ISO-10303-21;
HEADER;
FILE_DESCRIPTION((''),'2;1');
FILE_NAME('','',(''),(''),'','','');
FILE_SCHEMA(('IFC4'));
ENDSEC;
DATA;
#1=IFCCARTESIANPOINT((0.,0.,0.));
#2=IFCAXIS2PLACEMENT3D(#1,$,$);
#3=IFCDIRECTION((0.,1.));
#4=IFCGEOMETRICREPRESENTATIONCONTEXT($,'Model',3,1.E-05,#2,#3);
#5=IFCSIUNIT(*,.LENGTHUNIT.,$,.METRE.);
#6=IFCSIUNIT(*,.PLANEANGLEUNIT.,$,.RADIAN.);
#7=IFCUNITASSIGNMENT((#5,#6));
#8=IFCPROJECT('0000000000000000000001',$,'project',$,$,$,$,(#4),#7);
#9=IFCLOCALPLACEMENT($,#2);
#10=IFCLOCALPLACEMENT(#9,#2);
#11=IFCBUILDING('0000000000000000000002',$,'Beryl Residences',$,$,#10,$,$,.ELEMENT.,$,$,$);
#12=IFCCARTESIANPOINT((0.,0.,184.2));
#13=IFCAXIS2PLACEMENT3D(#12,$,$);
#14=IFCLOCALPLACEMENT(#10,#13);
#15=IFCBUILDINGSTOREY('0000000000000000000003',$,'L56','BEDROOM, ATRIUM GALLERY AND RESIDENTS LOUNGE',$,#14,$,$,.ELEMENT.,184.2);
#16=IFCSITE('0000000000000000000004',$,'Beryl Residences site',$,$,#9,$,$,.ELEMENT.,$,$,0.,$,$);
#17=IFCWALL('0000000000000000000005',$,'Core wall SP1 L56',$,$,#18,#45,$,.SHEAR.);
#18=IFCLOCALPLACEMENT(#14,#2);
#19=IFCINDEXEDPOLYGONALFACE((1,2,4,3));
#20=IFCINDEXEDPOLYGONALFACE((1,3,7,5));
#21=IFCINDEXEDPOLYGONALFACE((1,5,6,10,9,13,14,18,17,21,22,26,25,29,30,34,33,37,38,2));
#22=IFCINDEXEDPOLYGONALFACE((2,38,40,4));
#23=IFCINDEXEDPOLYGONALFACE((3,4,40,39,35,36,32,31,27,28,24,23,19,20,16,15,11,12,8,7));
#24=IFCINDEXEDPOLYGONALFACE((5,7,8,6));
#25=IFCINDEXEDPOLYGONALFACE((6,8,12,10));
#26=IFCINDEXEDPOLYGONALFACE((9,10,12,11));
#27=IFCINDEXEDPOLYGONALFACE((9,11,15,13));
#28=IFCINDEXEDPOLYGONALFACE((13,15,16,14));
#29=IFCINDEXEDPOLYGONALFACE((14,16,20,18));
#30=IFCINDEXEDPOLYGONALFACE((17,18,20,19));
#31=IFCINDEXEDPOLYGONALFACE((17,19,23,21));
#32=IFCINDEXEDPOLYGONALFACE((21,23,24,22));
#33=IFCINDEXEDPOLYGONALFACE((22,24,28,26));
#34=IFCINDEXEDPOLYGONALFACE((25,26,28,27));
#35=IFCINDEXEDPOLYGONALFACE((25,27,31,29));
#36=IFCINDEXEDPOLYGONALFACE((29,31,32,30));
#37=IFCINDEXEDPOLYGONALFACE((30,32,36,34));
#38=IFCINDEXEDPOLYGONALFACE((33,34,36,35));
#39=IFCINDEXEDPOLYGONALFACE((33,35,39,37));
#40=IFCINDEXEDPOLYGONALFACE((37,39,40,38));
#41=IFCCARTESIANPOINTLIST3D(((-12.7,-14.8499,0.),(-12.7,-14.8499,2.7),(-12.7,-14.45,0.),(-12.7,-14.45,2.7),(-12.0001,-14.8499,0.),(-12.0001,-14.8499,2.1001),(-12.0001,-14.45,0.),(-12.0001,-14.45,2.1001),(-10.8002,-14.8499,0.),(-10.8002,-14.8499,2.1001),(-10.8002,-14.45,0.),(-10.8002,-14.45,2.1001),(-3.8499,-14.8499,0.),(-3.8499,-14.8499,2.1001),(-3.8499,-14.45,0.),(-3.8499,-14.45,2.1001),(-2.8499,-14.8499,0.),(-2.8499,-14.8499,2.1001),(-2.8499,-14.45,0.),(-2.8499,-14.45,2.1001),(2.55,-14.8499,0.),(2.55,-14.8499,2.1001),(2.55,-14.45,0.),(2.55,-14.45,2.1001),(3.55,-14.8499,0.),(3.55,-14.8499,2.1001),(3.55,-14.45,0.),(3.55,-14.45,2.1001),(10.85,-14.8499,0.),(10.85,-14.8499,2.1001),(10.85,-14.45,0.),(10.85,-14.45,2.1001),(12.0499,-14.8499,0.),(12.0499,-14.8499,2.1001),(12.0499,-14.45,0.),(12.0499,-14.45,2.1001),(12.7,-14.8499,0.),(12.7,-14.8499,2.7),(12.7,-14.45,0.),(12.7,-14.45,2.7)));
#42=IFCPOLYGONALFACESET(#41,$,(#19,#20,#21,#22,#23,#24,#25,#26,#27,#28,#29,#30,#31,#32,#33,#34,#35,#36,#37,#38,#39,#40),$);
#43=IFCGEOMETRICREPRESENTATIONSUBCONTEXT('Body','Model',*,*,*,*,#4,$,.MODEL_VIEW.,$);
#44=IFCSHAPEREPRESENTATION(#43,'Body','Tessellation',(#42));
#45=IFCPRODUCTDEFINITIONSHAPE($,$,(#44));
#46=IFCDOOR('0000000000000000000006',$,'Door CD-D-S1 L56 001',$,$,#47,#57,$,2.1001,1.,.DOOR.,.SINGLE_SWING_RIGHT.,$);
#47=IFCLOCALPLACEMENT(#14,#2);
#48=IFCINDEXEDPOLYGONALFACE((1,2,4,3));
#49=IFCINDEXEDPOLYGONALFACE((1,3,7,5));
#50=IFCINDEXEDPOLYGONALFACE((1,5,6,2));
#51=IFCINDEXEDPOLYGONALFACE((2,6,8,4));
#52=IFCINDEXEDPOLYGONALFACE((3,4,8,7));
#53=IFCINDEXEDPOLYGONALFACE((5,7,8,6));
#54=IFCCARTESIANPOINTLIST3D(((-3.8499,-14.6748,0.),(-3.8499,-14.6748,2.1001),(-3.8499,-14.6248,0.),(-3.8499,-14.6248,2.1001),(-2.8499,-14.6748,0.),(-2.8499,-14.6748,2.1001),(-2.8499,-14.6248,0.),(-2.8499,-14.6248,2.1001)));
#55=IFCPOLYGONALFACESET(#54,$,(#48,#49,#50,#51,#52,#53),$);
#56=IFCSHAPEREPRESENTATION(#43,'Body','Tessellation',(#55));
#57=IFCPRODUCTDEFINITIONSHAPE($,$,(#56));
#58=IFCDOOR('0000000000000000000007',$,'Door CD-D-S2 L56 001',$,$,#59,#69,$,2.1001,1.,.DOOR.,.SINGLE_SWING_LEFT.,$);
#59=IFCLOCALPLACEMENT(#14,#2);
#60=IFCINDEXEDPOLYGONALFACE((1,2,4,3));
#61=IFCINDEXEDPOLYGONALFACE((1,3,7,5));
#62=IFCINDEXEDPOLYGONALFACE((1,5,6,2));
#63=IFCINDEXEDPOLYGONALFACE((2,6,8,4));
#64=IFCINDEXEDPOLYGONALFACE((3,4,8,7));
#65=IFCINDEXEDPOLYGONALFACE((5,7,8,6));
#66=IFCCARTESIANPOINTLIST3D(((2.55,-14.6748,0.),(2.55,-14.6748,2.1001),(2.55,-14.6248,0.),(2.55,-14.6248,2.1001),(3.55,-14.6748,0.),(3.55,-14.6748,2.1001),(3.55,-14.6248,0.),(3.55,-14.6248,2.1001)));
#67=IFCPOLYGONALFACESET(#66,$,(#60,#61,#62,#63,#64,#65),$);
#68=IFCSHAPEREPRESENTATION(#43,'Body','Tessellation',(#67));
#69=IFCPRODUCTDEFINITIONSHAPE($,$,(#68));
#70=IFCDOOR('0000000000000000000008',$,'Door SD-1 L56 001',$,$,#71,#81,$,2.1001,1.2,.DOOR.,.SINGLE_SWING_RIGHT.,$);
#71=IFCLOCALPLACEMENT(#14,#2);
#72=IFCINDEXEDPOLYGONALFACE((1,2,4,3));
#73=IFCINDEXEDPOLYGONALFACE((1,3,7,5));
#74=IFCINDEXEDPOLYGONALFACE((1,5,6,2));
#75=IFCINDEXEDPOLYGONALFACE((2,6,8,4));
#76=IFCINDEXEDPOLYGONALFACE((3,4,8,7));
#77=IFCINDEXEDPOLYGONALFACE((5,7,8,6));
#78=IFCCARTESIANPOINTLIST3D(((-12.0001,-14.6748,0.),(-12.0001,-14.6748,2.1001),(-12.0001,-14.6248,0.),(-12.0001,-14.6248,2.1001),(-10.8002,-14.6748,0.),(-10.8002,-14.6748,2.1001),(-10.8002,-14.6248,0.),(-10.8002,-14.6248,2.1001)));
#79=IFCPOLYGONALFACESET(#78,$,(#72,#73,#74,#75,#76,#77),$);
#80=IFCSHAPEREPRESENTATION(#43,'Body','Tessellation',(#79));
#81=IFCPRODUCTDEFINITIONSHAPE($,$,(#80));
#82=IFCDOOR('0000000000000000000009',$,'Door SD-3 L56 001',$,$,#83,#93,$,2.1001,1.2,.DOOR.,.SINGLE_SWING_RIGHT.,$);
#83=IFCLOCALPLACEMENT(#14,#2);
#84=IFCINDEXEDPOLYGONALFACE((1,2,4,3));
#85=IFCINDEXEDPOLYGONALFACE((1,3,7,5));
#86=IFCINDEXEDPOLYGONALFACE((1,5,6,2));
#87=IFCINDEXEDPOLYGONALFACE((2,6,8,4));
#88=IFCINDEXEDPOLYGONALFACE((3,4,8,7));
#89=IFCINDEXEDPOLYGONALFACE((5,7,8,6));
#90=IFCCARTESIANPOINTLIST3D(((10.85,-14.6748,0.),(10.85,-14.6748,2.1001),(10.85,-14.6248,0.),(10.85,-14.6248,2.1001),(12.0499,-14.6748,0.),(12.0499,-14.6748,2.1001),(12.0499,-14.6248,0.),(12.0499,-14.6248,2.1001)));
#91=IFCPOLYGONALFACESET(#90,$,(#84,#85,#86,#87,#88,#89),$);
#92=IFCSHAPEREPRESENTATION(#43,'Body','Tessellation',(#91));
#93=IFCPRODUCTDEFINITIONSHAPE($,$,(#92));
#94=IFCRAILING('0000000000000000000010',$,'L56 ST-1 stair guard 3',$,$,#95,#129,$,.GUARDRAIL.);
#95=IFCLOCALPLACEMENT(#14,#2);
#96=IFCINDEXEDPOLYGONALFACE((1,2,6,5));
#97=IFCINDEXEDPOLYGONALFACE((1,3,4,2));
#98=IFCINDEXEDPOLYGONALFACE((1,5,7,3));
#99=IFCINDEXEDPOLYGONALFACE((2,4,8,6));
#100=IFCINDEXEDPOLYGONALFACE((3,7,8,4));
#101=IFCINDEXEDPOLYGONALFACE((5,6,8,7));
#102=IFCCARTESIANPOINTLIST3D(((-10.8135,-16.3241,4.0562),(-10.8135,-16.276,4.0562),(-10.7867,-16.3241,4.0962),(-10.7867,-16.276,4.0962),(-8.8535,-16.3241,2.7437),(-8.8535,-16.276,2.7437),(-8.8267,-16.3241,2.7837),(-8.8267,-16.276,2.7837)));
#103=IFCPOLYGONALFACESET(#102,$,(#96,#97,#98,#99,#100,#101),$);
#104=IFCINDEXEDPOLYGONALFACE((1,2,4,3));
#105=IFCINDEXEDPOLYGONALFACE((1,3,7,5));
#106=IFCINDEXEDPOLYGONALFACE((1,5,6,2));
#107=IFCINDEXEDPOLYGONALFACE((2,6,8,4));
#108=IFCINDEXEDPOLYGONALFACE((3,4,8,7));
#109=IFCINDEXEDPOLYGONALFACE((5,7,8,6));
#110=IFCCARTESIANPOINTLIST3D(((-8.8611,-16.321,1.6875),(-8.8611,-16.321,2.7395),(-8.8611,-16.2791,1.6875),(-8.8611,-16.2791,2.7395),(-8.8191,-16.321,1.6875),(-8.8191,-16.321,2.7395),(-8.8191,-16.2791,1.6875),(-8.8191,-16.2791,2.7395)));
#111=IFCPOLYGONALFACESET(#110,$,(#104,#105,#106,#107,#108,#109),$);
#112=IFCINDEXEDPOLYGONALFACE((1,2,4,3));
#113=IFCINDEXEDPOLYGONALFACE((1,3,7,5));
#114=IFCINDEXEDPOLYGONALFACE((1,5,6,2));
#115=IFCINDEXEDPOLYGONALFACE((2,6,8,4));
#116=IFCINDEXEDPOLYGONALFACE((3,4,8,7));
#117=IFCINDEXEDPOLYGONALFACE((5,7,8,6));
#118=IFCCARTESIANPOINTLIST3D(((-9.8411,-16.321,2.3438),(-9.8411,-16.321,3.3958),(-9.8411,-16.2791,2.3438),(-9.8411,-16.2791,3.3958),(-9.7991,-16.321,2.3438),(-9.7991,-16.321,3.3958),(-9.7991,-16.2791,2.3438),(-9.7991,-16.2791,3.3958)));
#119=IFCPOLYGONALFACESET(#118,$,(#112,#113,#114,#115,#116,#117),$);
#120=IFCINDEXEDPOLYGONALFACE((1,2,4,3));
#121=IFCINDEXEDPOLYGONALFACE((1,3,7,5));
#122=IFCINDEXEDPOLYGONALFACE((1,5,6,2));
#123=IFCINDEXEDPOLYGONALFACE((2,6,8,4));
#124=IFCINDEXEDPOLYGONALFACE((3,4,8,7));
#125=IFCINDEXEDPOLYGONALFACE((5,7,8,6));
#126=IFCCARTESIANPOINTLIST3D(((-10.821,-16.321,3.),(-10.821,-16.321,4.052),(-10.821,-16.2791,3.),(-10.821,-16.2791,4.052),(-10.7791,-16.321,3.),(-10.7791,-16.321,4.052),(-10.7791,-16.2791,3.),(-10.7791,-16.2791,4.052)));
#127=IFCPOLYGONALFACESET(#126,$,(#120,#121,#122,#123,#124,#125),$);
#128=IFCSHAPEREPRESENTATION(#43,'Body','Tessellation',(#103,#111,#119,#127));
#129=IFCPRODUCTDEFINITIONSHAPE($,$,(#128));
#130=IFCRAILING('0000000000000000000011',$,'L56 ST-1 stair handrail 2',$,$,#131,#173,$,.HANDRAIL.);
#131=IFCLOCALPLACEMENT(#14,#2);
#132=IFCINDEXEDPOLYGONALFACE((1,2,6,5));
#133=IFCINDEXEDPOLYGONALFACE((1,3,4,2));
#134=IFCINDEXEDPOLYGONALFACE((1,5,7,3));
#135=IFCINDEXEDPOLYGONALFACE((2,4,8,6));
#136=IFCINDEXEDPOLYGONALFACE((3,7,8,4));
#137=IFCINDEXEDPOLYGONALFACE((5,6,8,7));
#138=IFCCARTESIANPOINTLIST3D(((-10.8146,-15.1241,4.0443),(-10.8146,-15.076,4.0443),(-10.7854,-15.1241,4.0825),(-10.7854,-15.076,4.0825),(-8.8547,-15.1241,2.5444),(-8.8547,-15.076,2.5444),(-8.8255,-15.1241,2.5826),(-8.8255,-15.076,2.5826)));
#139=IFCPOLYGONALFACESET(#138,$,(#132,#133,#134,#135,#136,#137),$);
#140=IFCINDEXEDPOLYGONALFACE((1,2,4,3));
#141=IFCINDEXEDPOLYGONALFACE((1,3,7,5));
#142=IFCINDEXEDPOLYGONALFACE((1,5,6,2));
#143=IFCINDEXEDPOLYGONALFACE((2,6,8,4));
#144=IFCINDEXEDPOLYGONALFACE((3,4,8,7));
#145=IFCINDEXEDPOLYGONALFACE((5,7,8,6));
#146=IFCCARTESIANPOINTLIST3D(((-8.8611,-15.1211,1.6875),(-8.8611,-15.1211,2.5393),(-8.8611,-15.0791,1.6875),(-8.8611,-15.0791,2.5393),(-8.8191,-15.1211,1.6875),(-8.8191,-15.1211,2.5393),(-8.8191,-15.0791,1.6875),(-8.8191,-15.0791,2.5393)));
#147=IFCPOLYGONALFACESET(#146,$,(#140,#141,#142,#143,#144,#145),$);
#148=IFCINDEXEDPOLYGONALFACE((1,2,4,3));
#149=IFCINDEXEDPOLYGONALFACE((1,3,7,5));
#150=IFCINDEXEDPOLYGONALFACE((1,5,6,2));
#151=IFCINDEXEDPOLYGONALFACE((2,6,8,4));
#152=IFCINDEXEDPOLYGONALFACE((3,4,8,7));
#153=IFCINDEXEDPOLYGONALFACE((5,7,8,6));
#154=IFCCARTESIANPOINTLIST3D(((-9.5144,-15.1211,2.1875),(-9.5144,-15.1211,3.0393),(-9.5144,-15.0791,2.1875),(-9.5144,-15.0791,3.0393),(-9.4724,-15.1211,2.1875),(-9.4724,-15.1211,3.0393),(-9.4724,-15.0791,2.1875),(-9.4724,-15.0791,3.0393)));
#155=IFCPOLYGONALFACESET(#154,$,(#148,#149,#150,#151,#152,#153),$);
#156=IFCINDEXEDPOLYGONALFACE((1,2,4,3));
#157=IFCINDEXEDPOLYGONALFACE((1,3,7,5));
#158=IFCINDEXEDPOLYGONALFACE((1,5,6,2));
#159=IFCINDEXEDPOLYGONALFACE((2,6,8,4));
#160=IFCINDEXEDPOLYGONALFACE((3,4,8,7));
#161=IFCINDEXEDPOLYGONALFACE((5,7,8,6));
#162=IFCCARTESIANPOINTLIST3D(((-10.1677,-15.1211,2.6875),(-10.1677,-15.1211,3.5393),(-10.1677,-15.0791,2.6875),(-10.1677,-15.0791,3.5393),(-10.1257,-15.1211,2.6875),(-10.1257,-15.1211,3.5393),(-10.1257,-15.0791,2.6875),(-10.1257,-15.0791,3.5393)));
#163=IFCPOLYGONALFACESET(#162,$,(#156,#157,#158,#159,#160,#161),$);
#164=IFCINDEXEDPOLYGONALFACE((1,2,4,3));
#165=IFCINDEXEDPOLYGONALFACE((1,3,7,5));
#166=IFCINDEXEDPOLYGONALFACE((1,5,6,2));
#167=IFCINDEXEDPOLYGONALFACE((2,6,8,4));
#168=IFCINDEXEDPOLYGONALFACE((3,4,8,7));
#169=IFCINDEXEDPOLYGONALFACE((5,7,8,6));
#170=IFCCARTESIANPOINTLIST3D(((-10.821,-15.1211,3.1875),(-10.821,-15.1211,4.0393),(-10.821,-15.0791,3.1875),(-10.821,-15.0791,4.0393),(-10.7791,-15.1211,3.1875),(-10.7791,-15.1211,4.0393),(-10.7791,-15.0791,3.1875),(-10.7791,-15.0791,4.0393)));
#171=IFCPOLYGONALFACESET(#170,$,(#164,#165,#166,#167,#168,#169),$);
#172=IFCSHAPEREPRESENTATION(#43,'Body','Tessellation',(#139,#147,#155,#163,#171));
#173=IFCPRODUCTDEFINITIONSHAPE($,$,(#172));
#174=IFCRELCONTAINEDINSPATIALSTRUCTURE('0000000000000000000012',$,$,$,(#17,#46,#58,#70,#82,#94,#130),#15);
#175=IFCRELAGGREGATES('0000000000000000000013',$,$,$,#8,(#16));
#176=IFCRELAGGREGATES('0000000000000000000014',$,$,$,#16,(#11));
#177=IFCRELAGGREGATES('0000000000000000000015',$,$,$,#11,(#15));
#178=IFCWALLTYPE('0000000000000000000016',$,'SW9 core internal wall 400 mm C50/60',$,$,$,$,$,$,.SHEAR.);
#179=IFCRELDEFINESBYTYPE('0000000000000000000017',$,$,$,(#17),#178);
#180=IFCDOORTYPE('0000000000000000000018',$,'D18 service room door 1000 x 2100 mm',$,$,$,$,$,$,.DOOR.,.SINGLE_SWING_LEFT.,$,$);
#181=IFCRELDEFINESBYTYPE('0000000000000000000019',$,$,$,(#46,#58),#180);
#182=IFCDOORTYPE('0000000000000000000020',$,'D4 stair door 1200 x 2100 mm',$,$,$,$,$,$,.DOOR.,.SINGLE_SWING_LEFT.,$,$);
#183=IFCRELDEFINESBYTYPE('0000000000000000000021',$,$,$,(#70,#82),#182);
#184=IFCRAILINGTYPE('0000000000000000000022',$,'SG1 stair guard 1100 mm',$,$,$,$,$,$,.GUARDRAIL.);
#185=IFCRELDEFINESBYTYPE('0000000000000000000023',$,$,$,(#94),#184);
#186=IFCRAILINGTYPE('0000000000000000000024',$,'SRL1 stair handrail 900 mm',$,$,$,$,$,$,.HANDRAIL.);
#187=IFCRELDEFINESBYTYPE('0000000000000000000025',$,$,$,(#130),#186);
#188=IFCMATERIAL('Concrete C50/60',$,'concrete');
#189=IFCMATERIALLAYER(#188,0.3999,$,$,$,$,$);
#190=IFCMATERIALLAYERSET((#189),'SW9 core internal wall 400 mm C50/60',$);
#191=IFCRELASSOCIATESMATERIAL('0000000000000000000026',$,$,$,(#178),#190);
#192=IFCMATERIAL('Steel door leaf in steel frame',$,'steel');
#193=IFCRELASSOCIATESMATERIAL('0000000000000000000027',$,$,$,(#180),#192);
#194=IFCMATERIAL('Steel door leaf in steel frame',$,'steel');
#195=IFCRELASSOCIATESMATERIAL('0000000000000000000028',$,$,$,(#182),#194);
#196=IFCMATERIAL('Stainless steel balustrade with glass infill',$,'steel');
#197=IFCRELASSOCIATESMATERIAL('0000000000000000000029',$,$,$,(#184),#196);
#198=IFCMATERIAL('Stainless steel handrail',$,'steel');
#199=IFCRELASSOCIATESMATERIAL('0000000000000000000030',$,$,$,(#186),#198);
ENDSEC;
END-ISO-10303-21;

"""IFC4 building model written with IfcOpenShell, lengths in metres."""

from ifc_helpers import new_model, si_unit, direction, frame, frame_2d, origin, origin_2d, place, context, subcontext, project, spatial, rectangle, extrude, material, layer, layer_set, type_object, element, fill, save


model = new_model("IFC4")

# Units and contexts
model_context = context("Model", 3, precision=1e-05, world=origin(), true_north=direction((0.0, 1.0)))
body_context = subcontext(model_context, "Body", "Model", "MODEL_VIEW")
ifc_project = project(units=[si_unit("LENGTHUNIT", "METRE"), si_unit("PLANEANGLEUNIT", "RADIAN")], contexts=[model_context])

# Site, building, storey
site_placement = place(None, origin())
site = spatial("IfcSite", under=ifc_project, at=site_placement, Name="Beryl Residences site", CompositionType="ELEMENT", RefElevation=0.0)
building_placement = place(site_placement, origin())
building = spatial("IfcBuilding", under=site, at=building_placement, Name="Beryl Residences", CompositionType="ELEMENT")
storey_placement = place(building_placement, frame((0.0, 0.0, 184.2)))
storey = spatial("IfcBuildingStorey", under=building, at=storey_placement, Name="L56", Description="BEDROOM, ATRIUM GALLERY AND RESIDENTS LOUNGE", CompositionType="ELEMENT", Elevation=184.2)

# Wall, openings, doors
ifc_material_1 = material(Name="Concrete C50/60", Category="concrete")
ifc_layer_1 = layer(ifc_material_1, 0.3999)
ifc_layer_set_1 = layer_set([ifc_layer_1], Name="SW9 core internal wall 400 mm C50/60")
wall_type_1 = type_object("IfcWallType", Name="SW9 core internal wall 400 mm C50/60", PredefinedType="SHEAR", material=ifc_layer_set_1)
wall_1_placement = place(storey_placement, frame((-12.7, -14.6499, 0.0), z_axis=(0.0, 0.0, 1.0), x_axis=(1.0, 0.0, 0.0)))
wall_1 = element("IfcWall", 1, at=wall_1_placement, inside=storey, type_object=wall_type_1, Name="Core wall SP1 L56", PredefinedType="SHEAR", context=body_context, shape_type="SweptSolid", body=[
    extrude(rectangle(XDim=25.3999, YDim=0.3999, at=frame_2d((12.7, 0.0))), origin(), (0.0, 0.0, 1.0), 2.7),
])
opening_1_placement = place(wall_1_placement, frame((1.8999, 0.0, 0.0), z_axis=(0.0, 0.0, 1.0), x_axis=(-1.0, 0.0, 0.0)))
opening_1 = element("IfcOpeningElement", 2, at=opening_1_placement, cuts=wall_1, PredefinedType="OPENING", context=body_context, shape_type="SweptSolid", body=[
    extrude(rectangle(XDim=1.2, YDim=2.1001, at=frame_2d((0.6001, 1.05))), frame((0.0, 0.21, 0.0), z_axis=(0.0, -1.0, 0.0), x_axis=(1.0, 0.0, 0.0)), (0.0, 0.0, 1.0), 0.4199),
])
opening_2_placement = place(wall_1_placement, frame((24.75, 0.0, 0.0), z_axis=(0.0, 0.0, 1.0), x_axis=(-1.0, 0.0, 0.0)))
opening_2 = element("IfcOpeningElement", 3, at=opening_2_placement, cuts=wall_1, PredefinedType="OPENING", context=body_context, shape_type="SweptSolid", body=[
    extrude(rectangle(XDim=1.2, YDim=2.1001, at=frame_2d((0.6001, 1.05))), frame((0.0, 0.21, 0.0), z_axis=(0.0, -1.0, 0.0), x_axis=(1.0, 0.0, 0.0)), (0.0, 0.0, 1.0), 0.4199),
])
opening_3_placement = place(wall_1_placement, frame((9.8501, 0.0, 0.0), z_axis=(0.0, 0.0, 1.0), x_axis=(-1.0, 0.0, 0.0)))
opening_3 = element("IfcOpeningElement", 4, at=opening_3_placement, cuts=wall_1, PredefinedType="OPENING", context=body_context, shape_type="SweptSolid", body=[
    extrude(rectangle(XDim=1.0, YDim=2.1001, at=frame_2d((0.5, 1.05))), frame((0.0, 0.21, 0.0), z_axis=(0.0, -1.0, 0.0), x_axis=(1.0, 0.0, 0.0)), (0.0, 0.0, 1.0), 0.4199),
])
opening_4_placement = place(wall_1_placement, frame((16.25, 0.0, 0.0), z_axis=(0.0, 0.0, 1.0), x_axis=(-1.0, 0.0, 0.0)))
opening_4 = element("IfcOpeningElement", 5, at=opening_4_placement, cuts=wall_1, PredefinedType="OPENING", context=body_context, shape_type="SweptSolid", body=[
    extrude(rectangle(XDim=1.0, YDim=2.1001, at=frame_2d((0.5, 1.05))), frame((0.0, 0.21, 0.0), z_axis=(0.0, -1.0, 0.0), x_axis=(1.0, 0.0, 0.0)), (0.0, 0.0, 1.0), 0.4199),
])
ifc_material_2 = material(Name="Steel door leaf in steel frame", Category="steel")
door_type_1 = type_object("IfcDoorType", Name="D18 service room door 1000 x 2100 mm", OperationType="SINGLE_SWING_LEFT", PredefinedType="DOOR", material=ifc_material_2)
door_1_placement = place(opening_3_placement, origin())
door_1 = element("IfcDoor", 6, at=door_1_placement, inside=storey, type_object=door_type_1, Name="Door CD-D-S1 L56 001", OperationType="SINGLE_SWING_RIGHT", OverallHeight=2.1001, OverallWidth=1.0, PredefinedType="DOOR", context=body_context, shape_type="SweptSolid", body=[
    extrude(rectangle(XDim=1.0, YDim=2.1001, at=frame_2d((0.5, 1.05))), frame((0.0, 0.0249, 0.0), z_axis=(0.0, -1.0, 0.0), x_axis=(1.0, 0.0, 0.0)), (0.0, 0.0, 1.0), 0.05),
])
fill(opening_3, door_1)
door_2_placement = place(opening_4_placement, origin())
door_2 = element("IfcDoor", 7, at=door_2_placement, inside=storey, type_object=door_type_1, Name="Door CD-D-S2 L56 001", OperationType="SINGLE_SWING_LEFT", OverallHeight=2.1001, OverallWidth=1.0, PredefinedType="DOOR", context=body_context, shape_type="SweptSolid", body=[
    extrude(rectangle(XDim=1.0, YDim=2.1001, at=frame_2d((0.5, 1.05))), frame((0.0, 0.0249, 0.0), z_axis=(0.0, -1.0, 0.0), x_axis=(1.0, 0.0, 0.0)), (0.0, 0.0, 1.0), 0.05),
])
fill(opening_4, door_2)
ifc_material_3 = material(Name="Steel door leaf in steel frame", Category="steel")
door_type_2 = type_object("IfcDoorType", Name="D4 stair door 1200 x 2100 mm", OperationType="SINGLE_SWING_LEFT", PredefinedType="DOOR", material=ifc_material_3)
door_3_placement = place(opening_1_placement, origin())
door_3 = element("IfcDoor", 8, at=door_3_placement, inside=storey, type_object=door_type_2, Name="Door SD-1 L56 001", OperationType="SINGLE_SWING_RIGHT", OverallHeight=2.1001, OverallWidth=1.2, PredefinedType="DOOR", context=body_context, shape_type="SweptSolid", body=[
    extrude(rectangle(XDim=1.2, YDim=2.1001, at=frame_2d((0.6001, 1.05))), frame((0.0, 0.0249, 0.0), z_axis=(0.0, -1.0, 0.0), x_axis=(1.0, 0.0, 0.0)), (0.0, 0.0, 1.0), 0.05),
])
fill(opening_1, door_3)
door_4_placement = place(opening_2_placement, origin())
door_4 = element("IfcDoor", 9, at=door_4_placement, inside=storey, type_object=door_type_2, Name="Door SD-3 L56 001", OperationType="SINGLE_SWING_RIGHT", OverallHeight=2.1001, OverallWidth=1.2, PredefinedType="DOOR", context=body_context, shape_type="SweptSolid", body=[
    extrude(rectangle(XDim=1.2, YDim=2.1001, at=frame_2d((0.6001, 1.05))), frame((0.0, 0.0249, 0.0), z_axis=(0.0, -1.0, 0.0), x_axis=(1.0, 0.0, 0.0)), (0.0, 0.0, 1.0), 0.05),
])
fill(opening_2, door_4)

# Railings
ifc_material_4 = material(Name="Stainless steel balustrade with glass infill", Category="steel")
railing_type_1 = type_object("IfcRailingType", Name="SG1 stair guard 1100 mm", PredefinedType="GUARDRAIL", material=ifc_material_4)
railing_1_placement = place(storey_placement, frame((-8.8401, -16.3, 1.6875)))
element("IfcRailing", 10, at=railing_1_placement, inside=storey, type_object=railing_type_1, Name="L56 ST-1 stair guard 3", PredefinedType="GUARDRAIL", context=body_context, shape_type="SweptSolid", body=[
    extrude(rectangle(XDim=0.0481, YDim=0.0481, at=origin_2d()), frame((0.0, 0.0, 1.0762), z_axis=(-0.830902, 0.0, 0.556419), x_axis=(0.0, -1.0, 0.0)), (0.0, 0.0, 1.0), 2.3589),
    extrude(rectangle(XDim=0.042, YDim=0.042, at=origin_2d()), origin(), (0.0, 0.0, 1.0), 1.052),
    extrude(rectangle(XDim=0.042, YDim=0.042, at=origin_2d()), frame((-0.98, 0.0, 0.6562)), (0.0, 0.0, 1.0), 1.052),
    extrude(rectangle(XDim=0.042, YDim=0.042, at=origin_2d()), frame((-1.96, 0.0, 1.3125)), (0.0, 0.0, 1.0), 1.052),
])
ifc_material_5 = material(Name="Stainless steel handrail", Category="steel")
railing_type_2 = type_object("IfcRailingType", Name="SRL1 stair handrail 900 mm", PredefinedType="HANDRAIL", material=ifc_material_5)
railing_2_placement = place(storey_placement, frame((-8.8401, -15.1001, 1.6875)))
element("IfcRailing", 11, at=railing_2_placement, inside=storey, type_object=railing_type_2, Name="L56 ST-1 stair handrail 2", PredefinedType="HANDRAIL", context=body_context, shape_type="SweptSolid", body=[
    extrude(rectangle(XDim=0.0481, YDim=0.0481, at=origin_2d()), frame((0.0, 0.0, 0.876), z_axis=(-0.794122, 0.0, 0.607758), x_axis=(0.0, -1.0, 0.0)), (0.0, 0.0, 1.0), 2.468),
    extrude(rectangle(XDim=0.042, YDim=0.042, at=origin_2d()), origin(), (0.0, 0.0, 1.0), 0.8518),
    extrude(rectangle(XDim=0.042, YDim=0.042, at=origin_2d()), frame((-0.6533, 0.0, 0.5)), (0.0, 0.0, 1.0), 0.8518),
    extrude(rectangle(XDim=0.042, YDim=0.042, at=origin_2d()), frame((-1.3066, 0.0, 1.0)), (0.0, 0.0, 1.0), 0.8518),
    extrude(rectangle(XDim=0.042, YDim=0.042, at=origin_2d()), frame((-1.96, 0.0, 1.5)), (0.0, 0.0, 1.0), 0.8518),
])

save(model, "model.ifc")
